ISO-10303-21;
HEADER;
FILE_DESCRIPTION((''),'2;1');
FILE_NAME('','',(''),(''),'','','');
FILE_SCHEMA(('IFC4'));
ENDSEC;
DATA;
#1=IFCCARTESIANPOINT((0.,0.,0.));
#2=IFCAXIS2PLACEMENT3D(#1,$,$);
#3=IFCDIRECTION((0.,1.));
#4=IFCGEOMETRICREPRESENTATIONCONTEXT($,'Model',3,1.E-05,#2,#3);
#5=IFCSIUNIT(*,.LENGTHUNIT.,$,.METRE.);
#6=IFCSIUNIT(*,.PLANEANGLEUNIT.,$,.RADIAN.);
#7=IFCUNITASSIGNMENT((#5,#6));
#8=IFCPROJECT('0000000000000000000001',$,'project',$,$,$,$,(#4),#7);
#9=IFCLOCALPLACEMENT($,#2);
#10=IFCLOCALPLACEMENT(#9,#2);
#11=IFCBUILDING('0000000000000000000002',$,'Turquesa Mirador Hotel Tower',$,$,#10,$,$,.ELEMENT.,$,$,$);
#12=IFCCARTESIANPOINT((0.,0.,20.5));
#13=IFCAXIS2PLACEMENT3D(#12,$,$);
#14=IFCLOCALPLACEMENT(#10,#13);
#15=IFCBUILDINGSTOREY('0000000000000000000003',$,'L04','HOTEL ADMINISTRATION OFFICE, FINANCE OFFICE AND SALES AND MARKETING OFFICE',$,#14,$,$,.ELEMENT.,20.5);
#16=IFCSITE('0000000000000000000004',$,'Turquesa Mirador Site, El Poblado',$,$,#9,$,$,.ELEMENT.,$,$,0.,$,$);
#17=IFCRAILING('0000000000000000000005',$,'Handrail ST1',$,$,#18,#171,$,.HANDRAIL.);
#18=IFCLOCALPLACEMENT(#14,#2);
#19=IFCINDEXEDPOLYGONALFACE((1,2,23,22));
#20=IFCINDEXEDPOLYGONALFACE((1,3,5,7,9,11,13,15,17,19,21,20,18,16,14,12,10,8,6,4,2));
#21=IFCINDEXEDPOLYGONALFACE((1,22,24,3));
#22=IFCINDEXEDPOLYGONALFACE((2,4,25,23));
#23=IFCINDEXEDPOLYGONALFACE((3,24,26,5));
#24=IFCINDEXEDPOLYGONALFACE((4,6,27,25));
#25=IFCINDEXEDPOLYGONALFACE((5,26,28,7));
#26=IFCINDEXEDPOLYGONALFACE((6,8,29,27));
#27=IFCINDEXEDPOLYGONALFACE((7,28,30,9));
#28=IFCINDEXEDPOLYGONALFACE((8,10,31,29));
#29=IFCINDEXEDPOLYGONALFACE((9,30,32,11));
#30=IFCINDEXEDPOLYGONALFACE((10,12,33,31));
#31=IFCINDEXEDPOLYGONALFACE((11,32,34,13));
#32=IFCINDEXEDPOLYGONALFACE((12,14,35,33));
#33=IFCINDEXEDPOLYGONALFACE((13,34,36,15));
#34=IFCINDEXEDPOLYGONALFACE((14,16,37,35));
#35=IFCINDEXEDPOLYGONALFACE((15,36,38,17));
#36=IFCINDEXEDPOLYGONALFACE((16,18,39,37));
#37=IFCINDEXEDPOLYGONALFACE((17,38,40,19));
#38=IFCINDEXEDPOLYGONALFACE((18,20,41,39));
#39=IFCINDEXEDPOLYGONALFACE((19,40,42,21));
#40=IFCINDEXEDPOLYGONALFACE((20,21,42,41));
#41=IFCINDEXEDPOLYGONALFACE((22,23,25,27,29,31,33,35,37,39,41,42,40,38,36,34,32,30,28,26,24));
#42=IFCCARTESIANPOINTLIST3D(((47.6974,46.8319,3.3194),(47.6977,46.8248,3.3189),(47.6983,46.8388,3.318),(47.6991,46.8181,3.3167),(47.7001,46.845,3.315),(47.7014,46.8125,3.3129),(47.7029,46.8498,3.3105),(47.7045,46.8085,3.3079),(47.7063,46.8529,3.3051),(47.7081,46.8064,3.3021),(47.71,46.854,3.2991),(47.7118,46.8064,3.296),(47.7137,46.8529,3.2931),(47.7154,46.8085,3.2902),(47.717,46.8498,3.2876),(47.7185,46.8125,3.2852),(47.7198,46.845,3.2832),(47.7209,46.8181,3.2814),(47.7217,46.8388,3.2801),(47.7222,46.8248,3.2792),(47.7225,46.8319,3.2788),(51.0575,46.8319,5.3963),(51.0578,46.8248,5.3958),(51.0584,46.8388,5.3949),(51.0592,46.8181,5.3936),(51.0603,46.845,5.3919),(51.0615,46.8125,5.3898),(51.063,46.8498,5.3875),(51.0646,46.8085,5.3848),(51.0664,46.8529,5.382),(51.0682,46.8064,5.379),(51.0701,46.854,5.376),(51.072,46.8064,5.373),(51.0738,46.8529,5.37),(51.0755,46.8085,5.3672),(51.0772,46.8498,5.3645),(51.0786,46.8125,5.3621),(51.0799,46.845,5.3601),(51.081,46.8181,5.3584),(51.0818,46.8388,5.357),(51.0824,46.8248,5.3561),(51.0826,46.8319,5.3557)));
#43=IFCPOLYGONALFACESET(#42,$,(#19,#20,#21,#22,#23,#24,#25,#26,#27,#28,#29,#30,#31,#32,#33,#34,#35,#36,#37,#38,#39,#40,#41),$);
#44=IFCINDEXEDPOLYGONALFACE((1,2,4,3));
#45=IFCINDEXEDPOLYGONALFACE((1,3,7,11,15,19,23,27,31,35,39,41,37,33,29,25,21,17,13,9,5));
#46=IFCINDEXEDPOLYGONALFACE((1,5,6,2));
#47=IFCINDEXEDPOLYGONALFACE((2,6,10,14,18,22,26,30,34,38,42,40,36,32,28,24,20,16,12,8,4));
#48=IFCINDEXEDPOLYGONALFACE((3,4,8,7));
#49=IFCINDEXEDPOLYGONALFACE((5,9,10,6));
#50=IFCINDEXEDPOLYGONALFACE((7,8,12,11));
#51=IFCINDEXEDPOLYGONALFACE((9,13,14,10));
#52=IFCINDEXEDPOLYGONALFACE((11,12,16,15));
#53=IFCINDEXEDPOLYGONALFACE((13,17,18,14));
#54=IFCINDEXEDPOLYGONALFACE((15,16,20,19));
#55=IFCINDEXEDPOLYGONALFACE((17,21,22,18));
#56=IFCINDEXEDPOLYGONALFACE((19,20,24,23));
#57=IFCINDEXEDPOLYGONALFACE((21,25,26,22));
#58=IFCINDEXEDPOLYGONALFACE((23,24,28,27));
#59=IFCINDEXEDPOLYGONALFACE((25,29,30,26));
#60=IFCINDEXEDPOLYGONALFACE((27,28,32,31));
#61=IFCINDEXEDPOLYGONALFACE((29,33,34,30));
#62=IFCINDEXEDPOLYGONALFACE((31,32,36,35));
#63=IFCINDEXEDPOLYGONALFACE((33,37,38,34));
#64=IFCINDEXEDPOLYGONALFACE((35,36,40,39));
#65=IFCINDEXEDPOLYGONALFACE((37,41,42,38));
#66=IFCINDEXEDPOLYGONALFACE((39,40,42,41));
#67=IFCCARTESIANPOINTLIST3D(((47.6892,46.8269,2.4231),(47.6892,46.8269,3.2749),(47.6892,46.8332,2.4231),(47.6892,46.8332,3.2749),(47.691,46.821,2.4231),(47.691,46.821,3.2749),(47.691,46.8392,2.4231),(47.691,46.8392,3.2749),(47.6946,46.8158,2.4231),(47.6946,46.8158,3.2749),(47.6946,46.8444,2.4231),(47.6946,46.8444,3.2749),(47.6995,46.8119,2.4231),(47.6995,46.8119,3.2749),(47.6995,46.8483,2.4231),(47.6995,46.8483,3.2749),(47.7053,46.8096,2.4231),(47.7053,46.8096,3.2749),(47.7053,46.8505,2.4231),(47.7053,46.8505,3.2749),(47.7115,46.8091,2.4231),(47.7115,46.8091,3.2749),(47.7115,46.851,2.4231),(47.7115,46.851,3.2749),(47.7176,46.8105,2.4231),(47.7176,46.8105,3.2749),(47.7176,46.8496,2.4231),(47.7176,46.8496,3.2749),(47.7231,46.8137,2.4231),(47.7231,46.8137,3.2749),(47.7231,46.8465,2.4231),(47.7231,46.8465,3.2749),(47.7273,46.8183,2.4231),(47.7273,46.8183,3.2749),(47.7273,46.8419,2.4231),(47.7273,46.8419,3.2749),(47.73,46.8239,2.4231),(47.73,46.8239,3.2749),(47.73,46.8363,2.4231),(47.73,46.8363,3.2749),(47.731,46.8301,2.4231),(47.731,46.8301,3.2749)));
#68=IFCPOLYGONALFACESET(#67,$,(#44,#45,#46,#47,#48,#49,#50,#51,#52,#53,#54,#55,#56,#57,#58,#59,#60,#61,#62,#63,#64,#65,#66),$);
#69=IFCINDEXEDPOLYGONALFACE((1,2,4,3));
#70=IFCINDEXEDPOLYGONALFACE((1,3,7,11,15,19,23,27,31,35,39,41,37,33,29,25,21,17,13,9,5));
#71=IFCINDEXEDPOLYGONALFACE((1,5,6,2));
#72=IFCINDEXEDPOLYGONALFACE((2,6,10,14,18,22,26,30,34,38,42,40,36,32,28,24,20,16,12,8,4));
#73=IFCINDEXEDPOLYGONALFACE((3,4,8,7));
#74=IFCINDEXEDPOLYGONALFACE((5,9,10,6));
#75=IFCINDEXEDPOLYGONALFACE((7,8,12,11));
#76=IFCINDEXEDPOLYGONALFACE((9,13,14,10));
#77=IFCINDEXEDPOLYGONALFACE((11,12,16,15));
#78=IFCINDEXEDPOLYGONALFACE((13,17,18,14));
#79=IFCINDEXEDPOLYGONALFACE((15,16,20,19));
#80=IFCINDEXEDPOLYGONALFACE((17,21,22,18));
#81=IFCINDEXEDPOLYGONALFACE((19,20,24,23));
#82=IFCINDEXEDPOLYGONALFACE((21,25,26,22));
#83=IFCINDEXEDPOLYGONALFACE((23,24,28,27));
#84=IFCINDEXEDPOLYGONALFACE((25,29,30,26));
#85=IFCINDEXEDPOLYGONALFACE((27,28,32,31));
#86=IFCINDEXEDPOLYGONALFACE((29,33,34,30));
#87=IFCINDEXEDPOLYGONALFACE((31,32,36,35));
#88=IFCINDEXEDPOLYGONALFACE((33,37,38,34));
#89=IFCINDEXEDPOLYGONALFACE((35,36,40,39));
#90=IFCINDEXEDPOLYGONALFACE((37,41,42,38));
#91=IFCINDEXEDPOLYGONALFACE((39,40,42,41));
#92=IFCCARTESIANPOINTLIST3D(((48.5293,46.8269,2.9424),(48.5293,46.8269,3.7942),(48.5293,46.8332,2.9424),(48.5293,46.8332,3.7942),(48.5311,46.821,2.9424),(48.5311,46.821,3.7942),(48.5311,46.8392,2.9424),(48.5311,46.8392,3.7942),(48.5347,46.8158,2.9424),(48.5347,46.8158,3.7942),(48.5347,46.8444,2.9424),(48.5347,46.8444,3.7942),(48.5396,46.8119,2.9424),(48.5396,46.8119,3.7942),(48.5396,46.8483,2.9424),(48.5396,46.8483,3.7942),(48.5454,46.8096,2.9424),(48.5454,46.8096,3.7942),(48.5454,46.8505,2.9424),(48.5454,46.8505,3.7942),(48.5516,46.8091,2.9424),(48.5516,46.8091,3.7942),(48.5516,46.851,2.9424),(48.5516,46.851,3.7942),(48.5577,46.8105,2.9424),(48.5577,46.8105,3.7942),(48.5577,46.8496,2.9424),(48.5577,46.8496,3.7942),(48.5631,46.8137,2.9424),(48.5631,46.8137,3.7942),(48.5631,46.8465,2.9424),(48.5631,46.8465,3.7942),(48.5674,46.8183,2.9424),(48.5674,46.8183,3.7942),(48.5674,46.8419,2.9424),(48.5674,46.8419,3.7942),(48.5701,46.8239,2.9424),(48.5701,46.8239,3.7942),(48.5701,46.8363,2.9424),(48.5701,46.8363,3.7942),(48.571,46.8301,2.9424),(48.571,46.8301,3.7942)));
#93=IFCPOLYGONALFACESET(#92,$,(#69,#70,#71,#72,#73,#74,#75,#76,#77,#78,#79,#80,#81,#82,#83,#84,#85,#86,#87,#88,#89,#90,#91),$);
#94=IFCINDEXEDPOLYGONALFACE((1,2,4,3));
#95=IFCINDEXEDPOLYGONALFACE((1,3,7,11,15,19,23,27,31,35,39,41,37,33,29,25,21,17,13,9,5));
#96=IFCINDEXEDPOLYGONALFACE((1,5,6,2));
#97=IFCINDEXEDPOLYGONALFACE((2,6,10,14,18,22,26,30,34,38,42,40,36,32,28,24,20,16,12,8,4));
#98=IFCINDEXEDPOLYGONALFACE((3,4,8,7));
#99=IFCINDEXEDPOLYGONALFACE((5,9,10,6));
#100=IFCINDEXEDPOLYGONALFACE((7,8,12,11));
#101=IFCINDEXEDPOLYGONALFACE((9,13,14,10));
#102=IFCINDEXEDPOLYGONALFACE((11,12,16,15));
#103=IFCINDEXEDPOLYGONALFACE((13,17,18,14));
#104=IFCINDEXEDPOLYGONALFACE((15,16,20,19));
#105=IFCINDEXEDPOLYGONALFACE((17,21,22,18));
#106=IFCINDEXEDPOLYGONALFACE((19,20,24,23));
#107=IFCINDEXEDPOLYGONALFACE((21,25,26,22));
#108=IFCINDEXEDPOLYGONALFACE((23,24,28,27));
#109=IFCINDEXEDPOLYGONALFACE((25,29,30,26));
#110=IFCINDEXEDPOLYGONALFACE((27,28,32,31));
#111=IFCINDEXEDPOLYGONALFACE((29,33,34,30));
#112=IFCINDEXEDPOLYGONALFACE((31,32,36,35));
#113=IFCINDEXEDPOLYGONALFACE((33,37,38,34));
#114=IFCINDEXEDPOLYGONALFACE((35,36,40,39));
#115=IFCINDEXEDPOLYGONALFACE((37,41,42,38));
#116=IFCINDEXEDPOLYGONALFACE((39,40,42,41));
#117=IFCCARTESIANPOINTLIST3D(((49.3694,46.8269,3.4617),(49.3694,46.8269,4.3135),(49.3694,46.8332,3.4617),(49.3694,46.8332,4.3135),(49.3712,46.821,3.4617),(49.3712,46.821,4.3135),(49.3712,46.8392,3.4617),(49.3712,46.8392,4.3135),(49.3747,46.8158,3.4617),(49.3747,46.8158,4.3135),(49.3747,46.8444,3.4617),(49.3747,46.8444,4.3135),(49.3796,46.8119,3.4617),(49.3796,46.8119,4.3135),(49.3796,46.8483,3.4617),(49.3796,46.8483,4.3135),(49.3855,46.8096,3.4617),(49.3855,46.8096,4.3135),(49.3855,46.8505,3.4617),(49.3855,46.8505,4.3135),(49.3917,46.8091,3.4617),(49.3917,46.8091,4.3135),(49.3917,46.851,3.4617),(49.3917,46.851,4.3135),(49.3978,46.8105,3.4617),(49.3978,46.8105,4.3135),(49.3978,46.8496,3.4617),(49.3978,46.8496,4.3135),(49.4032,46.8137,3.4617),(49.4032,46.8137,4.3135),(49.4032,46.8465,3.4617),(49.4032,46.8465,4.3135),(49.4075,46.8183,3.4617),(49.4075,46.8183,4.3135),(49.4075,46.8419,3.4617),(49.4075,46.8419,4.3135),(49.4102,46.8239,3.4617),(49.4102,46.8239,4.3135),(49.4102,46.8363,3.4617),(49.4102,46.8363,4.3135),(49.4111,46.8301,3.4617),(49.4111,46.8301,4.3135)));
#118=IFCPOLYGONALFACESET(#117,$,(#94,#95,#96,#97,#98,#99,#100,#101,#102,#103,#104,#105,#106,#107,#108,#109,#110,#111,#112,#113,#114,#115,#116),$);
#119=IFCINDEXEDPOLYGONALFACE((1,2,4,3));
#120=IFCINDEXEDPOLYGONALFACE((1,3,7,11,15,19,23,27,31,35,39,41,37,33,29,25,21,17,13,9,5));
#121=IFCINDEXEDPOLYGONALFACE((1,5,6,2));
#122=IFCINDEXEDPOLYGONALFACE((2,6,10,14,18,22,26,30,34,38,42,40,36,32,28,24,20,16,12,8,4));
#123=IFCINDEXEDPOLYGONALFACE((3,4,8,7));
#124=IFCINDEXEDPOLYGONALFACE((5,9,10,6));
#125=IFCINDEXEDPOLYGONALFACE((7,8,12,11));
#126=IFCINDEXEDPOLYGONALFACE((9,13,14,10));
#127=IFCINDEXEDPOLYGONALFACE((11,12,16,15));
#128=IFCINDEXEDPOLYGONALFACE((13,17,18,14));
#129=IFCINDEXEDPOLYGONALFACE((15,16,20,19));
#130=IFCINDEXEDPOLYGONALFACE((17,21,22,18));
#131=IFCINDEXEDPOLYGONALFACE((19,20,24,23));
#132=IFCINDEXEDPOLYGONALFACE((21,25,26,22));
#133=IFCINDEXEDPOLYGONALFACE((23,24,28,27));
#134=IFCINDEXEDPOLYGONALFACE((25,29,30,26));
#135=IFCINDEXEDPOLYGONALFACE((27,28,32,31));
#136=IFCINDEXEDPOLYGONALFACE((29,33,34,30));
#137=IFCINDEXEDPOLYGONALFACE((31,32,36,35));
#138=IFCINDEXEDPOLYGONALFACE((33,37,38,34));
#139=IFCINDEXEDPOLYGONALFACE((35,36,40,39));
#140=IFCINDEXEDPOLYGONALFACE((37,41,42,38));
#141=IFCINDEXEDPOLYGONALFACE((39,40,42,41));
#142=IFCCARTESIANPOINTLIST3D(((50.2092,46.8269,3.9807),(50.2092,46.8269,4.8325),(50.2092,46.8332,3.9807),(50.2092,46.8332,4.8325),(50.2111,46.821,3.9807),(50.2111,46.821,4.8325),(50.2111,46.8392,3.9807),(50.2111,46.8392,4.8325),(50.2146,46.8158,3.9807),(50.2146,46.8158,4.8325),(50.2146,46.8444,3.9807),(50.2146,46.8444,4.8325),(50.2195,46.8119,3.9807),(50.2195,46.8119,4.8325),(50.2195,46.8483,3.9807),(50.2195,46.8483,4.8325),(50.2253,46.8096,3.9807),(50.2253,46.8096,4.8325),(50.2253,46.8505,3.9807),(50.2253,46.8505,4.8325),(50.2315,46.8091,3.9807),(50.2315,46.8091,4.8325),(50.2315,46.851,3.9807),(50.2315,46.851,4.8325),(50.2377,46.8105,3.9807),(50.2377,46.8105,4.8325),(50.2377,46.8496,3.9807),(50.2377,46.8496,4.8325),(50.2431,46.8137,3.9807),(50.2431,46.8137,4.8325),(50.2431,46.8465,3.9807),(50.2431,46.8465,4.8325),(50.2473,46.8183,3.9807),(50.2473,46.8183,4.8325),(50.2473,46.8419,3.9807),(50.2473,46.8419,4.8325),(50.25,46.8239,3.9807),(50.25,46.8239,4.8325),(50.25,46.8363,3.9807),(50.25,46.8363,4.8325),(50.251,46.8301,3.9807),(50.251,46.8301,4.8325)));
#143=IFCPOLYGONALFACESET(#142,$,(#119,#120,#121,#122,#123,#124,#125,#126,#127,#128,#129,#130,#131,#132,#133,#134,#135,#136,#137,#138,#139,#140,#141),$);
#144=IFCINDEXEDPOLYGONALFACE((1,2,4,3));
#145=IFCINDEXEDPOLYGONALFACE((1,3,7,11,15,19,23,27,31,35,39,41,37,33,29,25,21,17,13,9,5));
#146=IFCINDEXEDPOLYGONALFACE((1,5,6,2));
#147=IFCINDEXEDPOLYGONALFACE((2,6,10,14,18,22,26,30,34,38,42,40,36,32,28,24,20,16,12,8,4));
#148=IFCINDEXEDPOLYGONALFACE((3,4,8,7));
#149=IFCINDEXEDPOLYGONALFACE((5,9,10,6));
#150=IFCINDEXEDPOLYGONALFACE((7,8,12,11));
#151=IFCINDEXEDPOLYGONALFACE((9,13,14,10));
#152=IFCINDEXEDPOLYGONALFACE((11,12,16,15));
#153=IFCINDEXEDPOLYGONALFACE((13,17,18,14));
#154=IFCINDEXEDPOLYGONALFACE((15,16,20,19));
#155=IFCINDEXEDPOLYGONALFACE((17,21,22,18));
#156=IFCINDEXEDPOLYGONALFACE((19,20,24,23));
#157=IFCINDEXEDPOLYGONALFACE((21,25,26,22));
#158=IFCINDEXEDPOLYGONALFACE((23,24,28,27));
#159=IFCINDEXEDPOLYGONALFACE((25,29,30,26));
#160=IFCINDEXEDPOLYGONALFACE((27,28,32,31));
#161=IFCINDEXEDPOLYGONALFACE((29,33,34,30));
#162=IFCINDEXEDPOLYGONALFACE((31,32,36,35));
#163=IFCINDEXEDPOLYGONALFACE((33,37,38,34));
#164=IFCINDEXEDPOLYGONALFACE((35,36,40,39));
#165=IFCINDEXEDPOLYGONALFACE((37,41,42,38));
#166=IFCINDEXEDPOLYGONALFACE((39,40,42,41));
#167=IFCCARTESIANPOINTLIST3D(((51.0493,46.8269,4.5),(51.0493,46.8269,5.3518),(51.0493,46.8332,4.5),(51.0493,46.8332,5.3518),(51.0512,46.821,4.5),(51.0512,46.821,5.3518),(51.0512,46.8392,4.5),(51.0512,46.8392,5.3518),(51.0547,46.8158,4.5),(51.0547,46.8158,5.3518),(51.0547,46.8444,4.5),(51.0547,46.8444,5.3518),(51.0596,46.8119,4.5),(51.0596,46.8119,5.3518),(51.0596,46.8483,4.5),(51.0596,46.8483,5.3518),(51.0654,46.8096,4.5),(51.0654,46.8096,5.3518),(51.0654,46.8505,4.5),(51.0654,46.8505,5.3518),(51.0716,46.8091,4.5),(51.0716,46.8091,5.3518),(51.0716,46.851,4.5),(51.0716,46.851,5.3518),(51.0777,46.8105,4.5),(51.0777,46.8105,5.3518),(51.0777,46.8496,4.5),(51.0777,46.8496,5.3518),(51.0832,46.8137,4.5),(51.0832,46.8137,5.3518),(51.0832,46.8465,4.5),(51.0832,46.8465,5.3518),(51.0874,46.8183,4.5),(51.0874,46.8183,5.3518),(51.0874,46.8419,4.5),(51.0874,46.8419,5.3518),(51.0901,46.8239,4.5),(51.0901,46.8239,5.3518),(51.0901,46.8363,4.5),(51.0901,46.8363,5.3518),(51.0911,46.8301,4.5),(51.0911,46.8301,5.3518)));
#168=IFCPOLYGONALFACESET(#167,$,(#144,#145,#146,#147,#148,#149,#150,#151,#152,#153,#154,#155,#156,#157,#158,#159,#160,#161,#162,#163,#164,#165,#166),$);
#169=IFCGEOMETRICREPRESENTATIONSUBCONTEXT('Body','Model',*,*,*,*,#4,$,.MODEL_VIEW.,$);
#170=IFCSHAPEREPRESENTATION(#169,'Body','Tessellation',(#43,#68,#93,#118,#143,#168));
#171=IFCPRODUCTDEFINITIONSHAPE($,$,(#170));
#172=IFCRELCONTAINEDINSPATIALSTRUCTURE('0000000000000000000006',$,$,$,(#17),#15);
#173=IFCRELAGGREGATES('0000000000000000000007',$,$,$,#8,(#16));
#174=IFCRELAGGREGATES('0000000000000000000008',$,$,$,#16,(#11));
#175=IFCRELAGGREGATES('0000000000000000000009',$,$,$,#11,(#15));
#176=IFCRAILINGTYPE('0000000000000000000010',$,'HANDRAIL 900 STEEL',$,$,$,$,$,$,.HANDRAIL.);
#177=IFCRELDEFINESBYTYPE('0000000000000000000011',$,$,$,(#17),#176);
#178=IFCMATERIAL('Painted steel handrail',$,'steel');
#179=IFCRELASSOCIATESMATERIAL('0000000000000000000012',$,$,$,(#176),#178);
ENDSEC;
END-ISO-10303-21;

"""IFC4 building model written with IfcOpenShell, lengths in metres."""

from ifc_helpers import new_model, si_unit, direction, frame, origin, origin_2d, place, context, subcontext, project, spatial, circle, extrude, material, type_object, element, save


model = new_model("IFC4")

# Units and contexts
model_context = context("Model", 3, precision=1e-05, world=origin(), true_north=direction((0.0, 1.0)))
body_context = subcontext(model_context, "Body", "Model", "MODEL_VIEW")
ifc_project = project(units=[si_unit("LENGTHUNIT", "METRE"), si_unit("PLANEANGLEUNIT", "RADIAN")], contexts=[model_context])

# Site, building, storey
site_placement = place(None, origin())
site = spatial("IfcSite", under=ifc_project, at=site_placement, Name="Turquesa Mirador Site, El Poblado", CompositionType="ELEMENT", RefElevation=0.0)
building_placement = place(site_placement, origin())
building = spatial("IfcBuilding", under=site, at=building_placement, Name="Turquesa Mirador Hotel Tower", CompositionType="ELEMENT")
storey_placement = place(building_placement, frame((0.0, 0.0, 20.5)))
storey = spatial("IfcBuildingStorey", under=building, at=storey_placement, Name="L04", Description="HOTEL ADMINISTRATION OFFICE, FINANCE OFFICE AND SALES AND MARKETING OFFICE", CompositionType="ELEMENT", Elevation=20.5)

# Railing
ifc_material_1 = material(Name="Painted steel handrail", Category="steel")
railing_type_1 = type_object("IfcRailingType", Name="HANDRAIL 900 STEEL", PredefinedType="HANDRAIL", material=ifc_material_1)
railing_1_placement = place(storey_placement, frame((47.71, 46.8301, 2.4231)))
element("IfcRailing", 1, at=railing_1_placement, inside=storey, type_object=railing_type_1, Name="Handrail ST1", PredefinedType="HANDRAIL", context=body_context, shape_type="SweptSolid", body=[
    extrude(circle(Radius=0.0239, at=origin_2d()), frame((0.0, 0.0, 0.876), z_axis=(0.850623, 0.0, 0.525776), x_axis=(0.0, 1.0, 0.0)), (0.0, 0.0, 1.0), 3.9502),
    extrude(circle(Radius=0.021, at=origin_2d()), origin(), (0.0, 0.0, 1.0), 0.8518),
    extrude(circle(Radius=0.021, at=origin_2d()), frame((0.8401, 0.0, 0.5193)), (0.0, 0.0, 1.0), 0.8518),
    extrude(circle(Radius=0.021, at=origin_2d()), frame((1.6802, 0.0, 1.0386)), (0.0, 0.0, 1.0), 0.8518),
    extrude(circle(Radius=0.021, at=origin_2d()), frame((2.52, 0.0, 1.5576)), (0.0, 0.0, 1.0), 0.8518),
    extrude(circle(Radius=0.021, at=origin_2d()), frame((3.3601, 0.0, 2.0769)), (0.0, 0.0, 1.0), 0.8518),
])

save(model, "model.ifc")
